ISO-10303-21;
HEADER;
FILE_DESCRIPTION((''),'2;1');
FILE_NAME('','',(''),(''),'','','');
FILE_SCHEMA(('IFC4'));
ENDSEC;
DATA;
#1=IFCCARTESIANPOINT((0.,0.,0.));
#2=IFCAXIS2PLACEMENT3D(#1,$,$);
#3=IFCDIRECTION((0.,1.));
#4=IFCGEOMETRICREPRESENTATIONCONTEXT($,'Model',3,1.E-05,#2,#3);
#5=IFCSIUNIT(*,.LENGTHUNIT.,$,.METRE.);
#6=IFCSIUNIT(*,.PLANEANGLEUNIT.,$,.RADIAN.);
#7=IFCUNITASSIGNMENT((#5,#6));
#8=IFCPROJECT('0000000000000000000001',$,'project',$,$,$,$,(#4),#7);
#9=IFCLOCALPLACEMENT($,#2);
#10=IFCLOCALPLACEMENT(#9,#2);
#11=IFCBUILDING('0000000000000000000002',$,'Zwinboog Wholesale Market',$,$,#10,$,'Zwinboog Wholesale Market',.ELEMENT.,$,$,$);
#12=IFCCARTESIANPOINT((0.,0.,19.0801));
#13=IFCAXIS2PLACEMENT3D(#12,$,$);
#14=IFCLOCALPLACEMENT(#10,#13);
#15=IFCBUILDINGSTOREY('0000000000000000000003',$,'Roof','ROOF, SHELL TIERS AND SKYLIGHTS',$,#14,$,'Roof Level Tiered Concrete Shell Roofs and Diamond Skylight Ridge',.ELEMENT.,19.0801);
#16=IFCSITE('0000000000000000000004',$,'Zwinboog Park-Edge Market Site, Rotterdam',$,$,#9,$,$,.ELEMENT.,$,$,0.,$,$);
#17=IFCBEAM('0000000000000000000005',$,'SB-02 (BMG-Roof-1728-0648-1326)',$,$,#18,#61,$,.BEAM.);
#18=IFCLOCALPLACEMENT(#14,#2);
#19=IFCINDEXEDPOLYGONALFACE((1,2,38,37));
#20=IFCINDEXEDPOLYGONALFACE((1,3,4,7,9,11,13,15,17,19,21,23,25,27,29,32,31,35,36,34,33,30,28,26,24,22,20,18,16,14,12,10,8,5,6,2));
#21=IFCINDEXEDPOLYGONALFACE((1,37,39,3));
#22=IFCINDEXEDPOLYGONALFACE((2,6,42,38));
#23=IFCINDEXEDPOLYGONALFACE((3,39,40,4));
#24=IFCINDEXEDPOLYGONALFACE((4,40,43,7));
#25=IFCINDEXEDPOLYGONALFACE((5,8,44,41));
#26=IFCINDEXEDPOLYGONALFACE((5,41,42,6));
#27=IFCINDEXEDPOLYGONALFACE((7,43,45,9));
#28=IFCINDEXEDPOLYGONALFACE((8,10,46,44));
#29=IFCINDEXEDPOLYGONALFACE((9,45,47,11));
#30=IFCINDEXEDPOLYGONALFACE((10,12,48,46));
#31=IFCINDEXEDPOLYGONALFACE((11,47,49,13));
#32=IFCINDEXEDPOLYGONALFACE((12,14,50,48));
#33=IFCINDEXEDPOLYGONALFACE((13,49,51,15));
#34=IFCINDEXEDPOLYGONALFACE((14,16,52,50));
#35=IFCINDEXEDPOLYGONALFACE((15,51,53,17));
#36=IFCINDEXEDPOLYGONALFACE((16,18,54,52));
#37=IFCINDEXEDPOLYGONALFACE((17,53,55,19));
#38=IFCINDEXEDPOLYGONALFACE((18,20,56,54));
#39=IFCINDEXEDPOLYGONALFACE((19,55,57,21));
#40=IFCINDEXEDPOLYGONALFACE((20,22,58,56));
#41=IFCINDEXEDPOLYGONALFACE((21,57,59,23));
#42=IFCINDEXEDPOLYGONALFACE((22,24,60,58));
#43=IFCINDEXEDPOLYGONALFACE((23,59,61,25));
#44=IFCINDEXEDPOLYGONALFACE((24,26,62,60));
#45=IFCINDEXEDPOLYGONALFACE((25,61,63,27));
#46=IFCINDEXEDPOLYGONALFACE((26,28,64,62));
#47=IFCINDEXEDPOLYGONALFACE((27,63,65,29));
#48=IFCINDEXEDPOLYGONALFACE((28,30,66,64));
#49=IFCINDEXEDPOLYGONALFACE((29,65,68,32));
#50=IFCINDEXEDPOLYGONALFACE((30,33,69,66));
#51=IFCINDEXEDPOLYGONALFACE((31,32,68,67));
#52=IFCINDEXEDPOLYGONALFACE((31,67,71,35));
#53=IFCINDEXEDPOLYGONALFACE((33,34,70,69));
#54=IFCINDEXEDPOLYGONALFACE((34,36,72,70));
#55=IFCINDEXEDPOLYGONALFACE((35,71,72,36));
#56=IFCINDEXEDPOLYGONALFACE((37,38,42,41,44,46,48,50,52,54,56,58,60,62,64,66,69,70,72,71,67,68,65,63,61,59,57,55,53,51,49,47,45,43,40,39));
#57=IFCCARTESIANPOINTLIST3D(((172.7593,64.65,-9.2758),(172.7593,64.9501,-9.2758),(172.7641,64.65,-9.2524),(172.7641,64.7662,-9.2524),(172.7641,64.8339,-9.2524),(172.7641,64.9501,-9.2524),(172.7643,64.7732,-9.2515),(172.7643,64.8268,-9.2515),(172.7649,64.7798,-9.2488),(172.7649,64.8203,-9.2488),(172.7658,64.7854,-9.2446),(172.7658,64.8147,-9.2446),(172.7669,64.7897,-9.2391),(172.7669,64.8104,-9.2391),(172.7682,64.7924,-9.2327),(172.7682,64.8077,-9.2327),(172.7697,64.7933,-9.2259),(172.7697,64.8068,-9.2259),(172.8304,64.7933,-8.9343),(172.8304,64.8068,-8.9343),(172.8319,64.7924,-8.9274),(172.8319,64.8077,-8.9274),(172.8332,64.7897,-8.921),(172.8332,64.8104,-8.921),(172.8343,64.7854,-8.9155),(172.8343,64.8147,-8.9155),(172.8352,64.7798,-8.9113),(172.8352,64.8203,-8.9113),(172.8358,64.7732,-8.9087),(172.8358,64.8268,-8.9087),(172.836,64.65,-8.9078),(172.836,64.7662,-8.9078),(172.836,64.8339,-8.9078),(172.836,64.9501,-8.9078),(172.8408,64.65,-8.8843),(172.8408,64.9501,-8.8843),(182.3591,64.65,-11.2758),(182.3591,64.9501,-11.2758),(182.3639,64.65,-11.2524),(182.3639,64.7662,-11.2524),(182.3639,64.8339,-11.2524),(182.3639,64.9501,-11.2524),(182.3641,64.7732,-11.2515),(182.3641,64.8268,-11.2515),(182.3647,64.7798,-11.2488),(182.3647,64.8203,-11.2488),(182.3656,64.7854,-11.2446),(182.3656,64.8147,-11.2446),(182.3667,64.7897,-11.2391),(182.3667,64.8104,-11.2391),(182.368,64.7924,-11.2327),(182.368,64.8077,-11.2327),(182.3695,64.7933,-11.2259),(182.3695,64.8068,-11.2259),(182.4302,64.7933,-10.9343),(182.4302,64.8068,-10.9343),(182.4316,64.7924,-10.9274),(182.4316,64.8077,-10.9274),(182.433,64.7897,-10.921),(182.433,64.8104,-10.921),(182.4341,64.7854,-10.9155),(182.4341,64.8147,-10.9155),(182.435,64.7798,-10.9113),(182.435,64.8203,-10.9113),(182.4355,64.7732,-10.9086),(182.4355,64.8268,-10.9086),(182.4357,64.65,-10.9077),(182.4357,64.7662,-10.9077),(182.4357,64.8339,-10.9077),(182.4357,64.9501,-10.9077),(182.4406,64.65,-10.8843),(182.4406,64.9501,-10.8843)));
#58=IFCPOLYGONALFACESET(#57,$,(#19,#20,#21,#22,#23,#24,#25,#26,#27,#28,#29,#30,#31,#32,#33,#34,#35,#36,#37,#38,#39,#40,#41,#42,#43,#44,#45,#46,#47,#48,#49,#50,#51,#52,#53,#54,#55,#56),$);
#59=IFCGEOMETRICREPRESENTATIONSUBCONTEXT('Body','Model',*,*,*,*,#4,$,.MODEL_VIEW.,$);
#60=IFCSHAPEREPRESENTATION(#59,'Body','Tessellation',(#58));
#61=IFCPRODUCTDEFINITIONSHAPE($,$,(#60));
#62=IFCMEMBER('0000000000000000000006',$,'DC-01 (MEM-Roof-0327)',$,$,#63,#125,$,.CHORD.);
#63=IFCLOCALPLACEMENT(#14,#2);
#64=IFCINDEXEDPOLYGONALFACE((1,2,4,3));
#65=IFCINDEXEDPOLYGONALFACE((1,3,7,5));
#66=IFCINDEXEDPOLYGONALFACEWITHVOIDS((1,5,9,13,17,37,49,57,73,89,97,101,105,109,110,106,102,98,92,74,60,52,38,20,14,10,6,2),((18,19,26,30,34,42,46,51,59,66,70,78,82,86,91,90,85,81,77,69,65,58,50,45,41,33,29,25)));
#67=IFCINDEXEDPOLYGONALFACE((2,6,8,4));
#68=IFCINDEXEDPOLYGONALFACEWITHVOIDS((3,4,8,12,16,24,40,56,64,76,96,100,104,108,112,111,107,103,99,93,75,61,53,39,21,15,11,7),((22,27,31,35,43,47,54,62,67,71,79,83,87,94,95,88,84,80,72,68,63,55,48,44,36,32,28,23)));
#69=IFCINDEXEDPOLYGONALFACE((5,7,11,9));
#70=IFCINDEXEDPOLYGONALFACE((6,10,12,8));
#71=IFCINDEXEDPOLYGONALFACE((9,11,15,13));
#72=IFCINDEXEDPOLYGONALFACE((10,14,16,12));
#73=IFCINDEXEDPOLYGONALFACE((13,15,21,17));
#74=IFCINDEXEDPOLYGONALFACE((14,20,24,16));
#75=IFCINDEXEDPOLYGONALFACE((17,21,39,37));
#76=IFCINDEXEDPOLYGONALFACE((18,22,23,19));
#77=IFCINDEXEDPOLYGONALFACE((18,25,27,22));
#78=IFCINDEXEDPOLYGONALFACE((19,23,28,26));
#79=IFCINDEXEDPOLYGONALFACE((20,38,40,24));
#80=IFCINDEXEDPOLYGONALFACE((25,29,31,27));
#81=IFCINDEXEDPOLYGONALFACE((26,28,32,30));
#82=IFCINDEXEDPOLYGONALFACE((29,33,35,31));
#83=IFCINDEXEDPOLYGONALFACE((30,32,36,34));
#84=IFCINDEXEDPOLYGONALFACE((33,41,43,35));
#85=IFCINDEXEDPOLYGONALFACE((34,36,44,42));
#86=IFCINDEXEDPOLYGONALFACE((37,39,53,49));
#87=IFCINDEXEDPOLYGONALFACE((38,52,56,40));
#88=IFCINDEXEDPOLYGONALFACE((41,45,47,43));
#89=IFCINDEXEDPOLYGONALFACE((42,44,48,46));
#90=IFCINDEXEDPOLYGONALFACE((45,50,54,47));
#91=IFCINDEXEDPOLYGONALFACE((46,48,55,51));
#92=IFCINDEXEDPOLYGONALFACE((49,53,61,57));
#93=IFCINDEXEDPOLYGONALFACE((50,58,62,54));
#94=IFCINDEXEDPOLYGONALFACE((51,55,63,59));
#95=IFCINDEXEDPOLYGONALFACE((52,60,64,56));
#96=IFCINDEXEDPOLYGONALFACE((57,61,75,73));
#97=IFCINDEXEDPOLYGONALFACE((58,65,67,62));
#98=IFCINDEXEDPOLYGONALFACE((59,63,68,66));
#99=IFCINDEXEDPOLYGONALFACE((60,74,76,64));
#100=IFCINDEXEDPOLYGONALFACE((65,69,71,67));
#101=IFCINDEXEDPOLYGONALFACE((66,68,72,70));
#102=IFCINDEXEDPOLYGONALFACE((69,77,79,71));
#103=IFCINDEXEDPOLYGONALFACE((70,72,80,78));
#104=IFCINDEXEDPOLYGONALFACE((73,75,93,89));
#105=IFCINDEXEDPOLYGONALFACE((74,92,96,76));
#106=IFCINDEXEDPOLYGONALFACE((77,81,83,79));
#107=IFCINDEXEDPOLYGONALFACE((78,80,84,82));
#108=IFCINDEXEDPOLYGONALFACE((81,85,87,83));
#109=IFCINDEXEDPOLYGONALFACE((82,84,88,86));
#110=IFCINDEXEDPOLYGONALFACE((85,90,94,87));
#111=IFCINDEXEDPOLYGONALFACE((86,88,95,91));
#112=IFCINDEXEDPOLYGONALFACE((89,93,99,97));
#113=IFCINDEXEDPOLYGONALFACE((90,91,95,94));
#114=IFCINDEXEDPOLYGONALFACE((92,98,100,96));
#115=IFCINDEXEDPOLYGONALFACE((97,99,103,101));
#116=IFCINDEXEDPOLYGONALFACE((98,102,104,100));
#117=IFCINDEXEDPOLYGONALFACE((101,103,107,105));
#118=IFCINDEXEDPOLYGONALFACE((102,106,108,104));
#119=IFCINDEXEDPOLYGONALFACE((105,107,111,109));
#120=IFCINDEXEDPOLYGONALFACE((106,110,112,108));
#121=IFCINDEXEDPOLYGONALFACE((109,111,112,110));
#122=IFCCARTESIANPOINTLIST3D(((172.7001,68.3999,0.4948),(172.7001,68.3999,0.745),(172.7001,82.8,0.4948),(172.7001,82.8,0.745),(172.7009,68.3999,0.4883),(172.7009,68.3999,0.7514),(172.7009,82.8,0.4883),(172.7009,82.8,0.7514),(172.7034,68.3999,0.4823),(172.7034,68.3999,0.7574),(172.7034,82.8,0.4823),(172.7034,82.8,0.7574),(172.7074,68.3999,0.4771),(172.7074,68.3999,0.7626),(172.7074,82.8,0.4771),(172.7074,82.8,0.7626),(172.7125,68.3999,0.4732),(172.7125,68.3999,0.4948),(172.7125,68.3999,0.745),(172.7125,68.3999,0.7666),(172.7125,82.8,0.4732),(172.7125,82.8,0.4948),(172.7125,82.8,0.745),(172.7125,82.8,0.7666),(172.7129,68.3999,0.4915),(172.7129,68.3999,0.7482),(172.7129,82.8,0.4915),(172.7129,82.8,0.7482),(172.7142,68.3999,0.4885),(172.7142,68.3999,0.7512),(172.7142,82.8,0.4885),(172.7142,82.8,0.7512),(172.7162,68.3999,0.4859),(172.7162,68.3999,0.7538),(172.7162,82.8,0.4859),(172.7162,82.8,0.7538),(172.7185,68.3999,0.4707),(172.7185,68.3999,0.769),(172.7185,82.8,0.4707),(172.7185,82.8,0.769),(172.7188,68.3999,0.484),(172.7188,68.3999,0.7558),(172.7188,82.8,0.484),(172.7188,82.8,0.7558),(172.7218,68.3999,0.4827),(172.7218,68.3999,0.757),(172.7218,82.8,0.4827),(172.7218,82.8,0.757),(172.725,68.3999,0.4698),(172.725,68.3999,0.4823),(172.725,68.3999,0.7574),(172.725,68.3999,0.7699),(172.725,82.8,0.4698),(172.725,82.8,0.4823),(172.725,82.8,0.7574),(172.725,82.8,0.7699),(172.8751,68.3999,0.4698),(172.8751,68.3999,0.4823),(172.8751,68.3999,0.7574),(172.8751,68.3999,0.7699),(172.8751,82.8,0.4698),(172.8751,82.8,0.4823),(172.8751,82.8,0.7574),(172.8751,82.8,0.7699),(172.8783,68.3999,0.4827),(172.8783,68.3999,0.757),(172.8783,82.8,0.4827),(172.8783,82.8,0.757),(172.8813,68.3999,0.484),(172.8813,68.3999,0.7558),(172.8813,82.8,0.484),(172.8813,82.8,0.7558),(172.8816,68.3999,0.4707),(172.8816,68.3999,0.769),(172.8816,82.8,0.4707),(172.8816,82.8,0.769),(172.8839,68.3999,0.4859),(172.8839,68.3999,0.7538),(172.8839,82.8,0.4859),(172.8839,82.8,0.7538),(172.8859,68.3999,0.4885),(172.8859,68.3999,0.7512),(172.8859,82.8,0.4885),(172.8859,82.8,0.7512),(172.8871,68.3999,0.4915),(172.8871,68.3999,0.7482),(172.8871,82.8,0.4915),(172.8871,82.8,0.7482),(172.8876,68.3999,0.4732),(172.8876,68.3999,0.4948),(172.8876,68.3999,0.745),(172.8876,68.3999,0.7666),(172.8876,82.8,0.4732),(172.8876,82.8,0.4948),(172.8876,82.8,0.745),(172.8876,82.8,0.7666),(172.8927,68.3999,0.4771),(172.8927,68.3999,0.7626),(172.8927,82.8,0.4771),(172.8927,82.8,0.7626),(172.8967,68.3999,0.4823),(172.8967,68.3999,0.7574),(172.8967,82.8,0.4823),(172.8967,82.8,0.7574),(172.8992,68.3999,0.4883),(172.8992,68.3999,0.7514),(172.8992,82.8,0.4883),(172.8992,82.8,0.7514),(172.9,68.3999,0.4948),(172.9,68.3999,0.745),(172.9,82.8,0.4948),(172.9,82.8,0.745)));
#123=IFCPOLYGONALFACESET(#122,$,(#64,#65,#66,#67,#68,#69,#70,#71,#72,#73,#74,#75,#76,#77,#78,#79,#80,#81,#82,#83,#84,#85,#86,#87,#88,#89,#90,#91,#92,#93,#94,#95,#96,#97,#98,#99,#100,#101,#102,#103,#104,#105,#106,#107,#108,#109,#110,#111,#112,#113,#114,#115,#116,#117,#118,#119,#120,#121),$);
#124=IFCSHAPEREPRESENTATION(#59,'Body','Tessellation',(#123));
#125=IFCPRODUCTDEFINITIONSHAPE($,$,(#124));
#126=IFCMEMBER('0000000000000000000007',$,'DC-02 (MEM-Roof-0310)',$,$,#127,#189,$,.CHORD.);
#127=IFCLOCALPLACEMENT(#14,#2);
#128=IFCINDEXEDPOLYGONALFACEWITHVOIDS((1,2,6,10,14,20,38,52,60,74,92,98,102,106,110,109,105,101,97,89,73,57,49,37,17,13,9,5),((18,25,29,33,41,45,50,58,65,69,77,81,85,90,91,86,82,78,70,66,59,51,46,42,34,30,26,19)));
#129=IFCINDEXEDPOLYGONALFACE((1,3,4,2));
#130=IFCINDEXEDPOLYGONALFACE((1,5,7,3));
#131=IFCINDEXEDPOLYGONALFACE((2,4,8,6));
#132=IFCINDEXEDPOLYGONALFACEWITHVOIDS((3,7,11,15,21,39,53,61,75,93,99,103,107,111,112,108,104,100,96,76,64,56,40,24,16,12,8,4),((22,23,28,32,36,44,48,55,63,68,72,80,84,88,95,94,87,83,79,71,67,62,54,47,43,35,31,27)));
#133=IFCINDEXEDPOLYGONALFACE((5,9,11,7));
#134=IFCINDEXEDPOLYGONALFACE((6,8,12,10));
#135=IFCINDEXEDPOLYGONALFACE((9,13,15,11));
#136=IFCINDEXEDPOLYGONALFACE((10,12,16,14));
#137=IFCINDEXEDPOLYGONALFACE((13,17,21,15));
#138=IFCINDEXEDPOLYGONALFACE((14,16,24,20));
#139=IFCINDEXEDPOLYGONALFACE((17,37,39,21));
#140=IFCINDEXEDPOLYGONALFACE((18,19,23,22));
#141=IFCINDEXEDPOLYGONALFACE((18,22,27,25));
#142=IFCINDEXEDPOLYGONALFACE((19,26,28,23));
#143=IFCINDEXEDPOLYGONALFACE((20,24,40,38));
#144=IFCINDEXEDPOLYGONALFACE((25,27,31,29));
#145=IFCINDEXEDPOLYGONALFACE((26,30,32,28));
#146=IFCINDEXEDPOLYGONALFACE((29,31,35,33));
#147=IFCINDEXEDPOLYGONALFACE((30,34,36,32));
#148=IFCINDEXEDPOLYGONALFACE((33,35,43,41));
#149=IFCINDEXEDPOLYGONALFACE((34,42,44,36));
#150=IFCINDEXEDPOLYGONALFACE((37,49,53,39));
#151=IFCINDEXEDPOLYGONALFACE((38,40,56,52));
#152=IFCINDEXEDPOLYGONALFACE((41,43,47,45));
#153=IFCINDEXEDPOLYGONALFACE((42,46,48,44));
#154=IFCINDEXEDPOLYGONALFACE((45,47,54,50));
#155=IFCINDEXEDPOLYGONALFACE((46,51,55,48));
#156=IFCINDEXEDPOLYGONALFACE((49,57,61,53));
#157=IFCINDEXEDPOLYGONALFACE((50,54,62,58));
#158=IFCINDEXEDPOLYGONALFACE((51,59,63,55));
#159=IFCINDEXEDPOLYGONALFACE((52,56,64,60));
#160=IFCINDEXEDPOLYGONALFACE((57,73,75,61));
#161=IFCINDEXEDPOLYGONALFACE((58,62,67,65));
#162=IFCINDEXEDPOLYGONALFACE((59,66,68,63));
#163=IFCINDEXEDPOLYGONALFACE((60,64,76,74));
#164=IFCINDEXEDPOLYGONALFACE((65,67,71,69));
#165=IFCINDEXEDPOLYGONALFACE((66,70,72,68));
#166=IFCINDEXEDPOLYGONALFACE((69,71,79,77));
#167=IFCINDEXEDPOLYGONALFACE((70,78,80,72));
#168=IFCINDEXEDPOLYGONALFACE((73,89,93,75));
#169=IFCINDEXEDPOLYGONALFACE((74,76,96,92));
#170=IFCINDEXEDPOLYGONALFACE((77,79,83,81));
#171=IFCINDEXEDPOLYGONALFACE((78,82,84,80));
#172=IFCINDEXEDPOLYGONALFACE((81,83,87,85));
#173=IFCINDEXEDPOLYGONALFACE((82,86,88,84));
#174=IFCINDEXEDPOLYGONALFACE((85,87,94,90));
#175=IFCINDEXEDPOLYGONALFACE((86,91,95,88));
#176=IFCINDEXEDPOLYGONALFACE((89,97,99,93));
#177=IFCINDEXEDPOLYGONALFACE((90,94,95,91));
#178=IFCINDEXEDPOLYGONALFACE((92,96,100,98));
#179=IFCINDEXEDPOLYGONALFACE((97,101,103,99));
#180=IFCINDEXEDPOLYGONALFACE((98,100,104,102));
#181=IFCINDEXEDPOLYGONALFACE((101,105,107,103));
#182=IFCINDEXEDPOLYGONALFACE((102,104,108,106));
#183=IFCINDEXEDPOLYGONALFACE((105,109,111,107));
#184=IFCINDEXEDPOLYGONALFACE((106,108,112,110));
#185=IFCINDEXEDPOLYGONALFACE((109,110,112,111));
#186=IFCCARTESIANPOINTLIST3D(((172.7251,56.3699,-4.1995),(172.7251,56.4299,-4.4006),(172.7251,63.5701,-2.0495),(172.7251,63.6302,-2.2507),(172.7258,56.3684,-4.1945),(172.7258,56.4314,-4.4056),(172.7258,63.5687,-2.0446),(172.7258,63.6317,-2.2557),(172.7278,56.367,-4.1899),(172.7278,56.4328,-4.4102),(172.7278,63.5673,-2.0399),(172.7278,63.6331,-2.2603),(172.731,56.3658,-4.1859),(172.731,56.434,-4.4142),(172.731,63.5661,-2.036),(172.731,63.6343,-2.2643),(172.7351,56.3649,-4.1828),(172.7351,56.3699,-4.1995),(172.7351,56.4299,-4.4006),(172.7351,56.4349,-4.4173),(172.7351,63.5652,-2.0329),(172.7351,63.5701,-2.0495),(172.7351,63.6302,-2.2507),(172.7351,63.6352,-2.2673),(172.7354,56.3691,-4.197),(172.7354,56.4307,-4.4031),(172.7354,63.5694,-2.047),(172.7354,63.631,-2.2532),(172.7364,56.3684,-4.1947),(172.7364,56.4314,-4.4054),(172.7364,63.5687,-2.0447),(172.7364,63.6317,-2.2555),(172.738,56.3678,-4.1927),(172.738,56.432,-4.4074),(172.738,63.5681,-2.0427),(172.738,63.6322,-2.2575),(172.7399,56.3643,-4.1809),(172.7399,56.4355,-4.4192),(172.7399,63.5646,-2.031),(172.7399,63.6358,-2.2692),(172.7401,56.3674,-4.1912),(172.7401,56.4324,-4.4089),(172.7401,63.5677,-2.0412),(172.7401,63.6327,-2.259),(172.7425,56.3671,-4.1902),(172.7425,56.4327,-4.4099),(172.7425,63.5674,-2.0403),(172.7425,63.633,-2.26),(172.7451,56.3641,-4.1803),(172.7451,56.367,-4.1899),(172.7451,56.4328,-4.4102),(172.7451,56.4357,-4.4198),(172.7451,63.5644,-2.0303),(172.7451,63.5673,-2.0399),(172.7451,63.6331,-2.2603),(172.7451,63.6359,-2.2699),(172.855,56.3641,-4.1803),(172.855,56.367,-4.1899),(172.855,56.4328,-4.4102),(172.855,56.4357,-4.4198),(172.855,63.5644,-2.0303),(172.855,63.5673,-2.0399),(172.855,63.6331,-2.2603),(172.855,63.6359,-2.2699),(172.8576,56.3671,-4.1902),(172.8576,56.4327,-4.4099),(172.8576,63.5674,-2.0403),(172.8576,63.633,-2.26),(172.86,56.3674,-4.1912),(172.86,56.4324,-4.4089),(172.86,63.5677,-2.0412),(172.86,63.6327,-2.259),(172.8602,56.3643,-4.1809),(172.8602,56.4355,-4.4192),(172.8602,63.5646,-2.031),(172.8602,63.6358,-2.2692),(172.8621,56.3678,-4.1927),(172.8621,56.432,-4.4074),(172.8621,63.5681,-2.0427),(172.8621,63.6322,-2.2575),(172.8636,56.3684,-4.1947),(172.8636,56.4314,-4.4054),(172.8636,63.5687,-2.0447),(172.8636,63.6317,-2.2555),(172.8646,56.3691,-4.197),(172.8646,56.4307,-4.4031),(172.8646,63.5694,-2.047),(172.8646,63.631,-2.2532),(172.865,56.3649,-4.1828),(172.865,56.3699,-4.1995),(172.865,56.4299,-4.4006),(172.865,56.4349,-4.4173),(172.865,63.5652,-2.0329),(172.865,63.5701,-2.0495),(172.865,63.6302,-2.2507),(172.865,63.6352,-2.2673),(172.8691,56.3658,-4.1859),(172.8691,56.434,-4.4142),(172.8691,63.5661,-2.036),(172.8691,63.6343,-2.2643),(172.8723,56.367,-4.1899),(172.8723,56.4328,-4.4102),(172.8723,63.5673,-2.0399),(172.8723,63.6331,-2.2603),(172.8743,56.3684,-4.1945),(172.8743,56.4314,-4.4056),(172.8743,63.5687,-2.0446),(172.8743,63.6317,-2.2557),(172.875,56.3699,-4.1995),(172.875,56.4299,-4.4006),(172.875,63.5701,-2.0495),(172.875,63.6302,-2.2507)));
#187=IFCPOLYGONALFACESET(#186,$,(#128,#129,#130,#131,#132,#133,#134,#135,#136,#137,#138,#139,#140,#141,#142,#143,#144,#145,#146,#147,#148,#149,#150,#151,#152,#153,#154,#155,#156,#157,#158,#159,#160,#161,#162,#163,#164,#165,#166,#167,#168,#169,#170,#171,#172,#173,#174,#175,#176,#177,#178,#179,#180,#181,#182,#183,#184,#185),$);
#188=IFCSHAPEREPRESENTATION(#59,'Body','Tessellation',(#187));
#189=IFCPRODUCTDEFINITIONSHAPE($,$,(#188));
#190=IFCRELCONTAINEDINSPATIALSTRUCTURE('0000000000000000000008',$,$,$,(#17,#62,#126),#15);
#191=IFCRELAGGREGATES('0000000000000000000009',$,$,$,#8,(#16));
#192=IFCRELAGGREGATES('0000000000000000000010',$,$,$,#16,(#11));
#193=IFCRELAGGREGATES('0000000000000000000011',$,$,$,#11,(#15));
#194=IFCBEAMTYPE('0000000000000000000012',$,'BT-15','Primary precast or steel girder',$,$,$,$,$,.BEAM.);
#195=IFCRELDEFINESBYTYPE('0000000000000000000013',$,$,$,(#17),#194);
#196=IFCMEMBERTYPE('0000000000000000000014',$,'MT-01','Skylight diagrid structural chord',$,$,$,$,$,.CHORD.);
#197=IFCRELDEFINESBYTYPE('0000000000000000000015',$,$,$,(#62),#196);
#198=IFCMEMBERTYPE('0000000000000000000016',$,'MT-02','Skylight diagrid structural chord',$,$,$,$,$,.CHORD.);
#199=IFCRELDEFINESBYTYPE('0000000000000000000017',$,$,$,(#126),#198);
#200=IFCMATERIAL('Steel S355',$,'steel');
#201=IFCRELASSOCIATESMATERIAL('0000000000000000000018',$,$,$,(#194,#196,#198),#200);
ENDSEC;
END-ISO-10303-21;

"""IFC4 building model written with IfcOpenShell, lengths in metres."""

from ifc_helpers import new_model, si_unit, direction, frame, origin, origin_2d, place, context, subcontext, project, spatial, hollow_rectangle, i_section, extrude, material, material_profile, profile_set, type_object, element, save


model = new_model("IFC4")

# Units and contexts
model_context = context("Model", 3, precision=1e-05, world=origin(), true_north=direction((0.0, 1.0)))
body_context = subcontext(model_context, "Body", "Model", "MODEL_VIEW")
ifc_project = project(units=[si_unit("LENGTHUNIT", "METRE"), si_unit("PLANEANGLEUNIT", "RADIAN")], contexts=[model_context])

# Site, building, storey
site_placement = place(None, origin())
site = spatial("IfcSite", under=ifc_project, at=site_placement, Name="Zwinboog Park-Edge Market Site, Rotterdam", CompositionType="ELEMENT", RefElevation=0.0)
building_placement = place(site_placement, origin())
building = spatial("IfcBuilding", under=site, at=building_placement, Name="Zwinboog Wholesale Market", LongName="Zwinboog Wholesale Market", CompositionType="ELEMENT")
storey_placement = place(building_placement, frame((0.0, 0.0, 19.0801)))
storey = spatial("IfcBuildingStorey", under=building, at=storey_placement, Name="Roof", Description="ROOF, SHELL TIERS AND SKYLIGHTS", LongName="Roof Level Tiered Concrete Shell Roofs and Diamond Skylight Ridge", CompositionType="ELEMENT", Elevation=19.0801)

# Beam
ifc_material_1 = material(Name="Steel S355", Category="steel")
ifc_material_profile_1 = material_profile(ifc_material_1, i_section(OverallWidth=0.3, OverallDepth=0.3999, WebThickness=0.0134, FlangeThickness=0.0239, FilletRadius=0.0271, at=origin_2d()), Name="HEB 400")
ifc_profile_set_1 = profile_set([ifc_material_profile_1], Name="Steel S355")
beam_type_1 = type_object("IfcBeamType", Name="BT-15", Description="Primary precast or steel girder", PredefinedType="BEAM", material=ifc_profile_set_1)
beam_1_placement = place(storey_placement, frame((172.8, 64.8, -9.0801), z_axis=(0.97898, 0.0, -0.203957), x_axis=(0.0, 1.0, 0.0)))
element("IfcBeam", 1, at=beam_1_placement, inside=storey, type_object=beam_type_1, Name="SB-02 (BMG-Roof-1728-0648-1326)", PredefinedType="BEAM", context=body_context, shape_type="SweptSolid", body=[
    extrude(i_section(OverallWidth=0.3, OverallDepth=0.3999, WebThickness=0.0134, FlangeThickness=0.0239, FilletRadius=0.0271, at=origin_2d()), origin(), (0.0, 0.0, 1.0), 9.8059),
])

# Members
ifc_material_profile_2 = material_profile(ifc_material_1, hollow_rectangle(XDim=0.2, YDim=0.3, WallThickness=0.0125, InnerFilletRadius=0.0125, OuterFilletRadius=0.0249, at=origin_2d()), Name="RHS 300x200x12.5")
ifc_profile_set_2 = profile_set([ifc_material_profile_2], Name="Steel S355")
member_type_1 = type_object("IfcMemberType", Name="MT-01", Description="Skylight diagrid structural chord", PredefinedType="CHORD", material=ifc_profile_set_2)
member_1_placement = place(storey_placement, frame((172.8, 68.3999, 0.6199), z_axis=(0.0, 1.0, 0.0), x_axis=(-1.0, 0.0, 0.0)))
element("IfcMember", 2, at=member_1_placement, inside=storey, type_object=member_type_1, Name="DC-01 (MEM-Roof-0327)", PredefinedType="CHORD", context=body_context, shape_type="SweptSolid", body=[
    extrude(hollow_rectangle(XDim=0.2, YDim=0.3, WallThickness=0.0125, InnerFilletRadius=0.0125, OuterFilletRadius=0.0249, at=origin_2d()), origin(), (0.0, 0.0, 1.0), 14.4001),
])
ifc_material_profile_3 = material_profile(ifc_material_1, hollow_rectangle(XDim=0.1499, YDim=0.25, WallThickness=0.01, InnerFilletRadius=0.01, OuterFilletRadius=0.02, at=origin_2d()), Name="RHS 250x150x10")
ifc_profile_set_3 = profile_set([ifc_material_profile_3], Name="Steel S355")
member_type_2 = type_object("IfcMemberType", Name="MT-02", Description="Skylight diagrid structural chord", PredefinedType="CHORD", material=ifc_profile_set_3)
member_2_placement = place(storey_placement, frame((172.8, 56.3999, -4.3), z_axis=(0.0, 0.958197, 0.286108), x_axis=(-1.0, 0.0, 0.0)))
element("IfcMember", 3, at=member_2_placement, inside=storey, type_object=member_type_2, Name="DC-02 (MEM-Roof-0310)", PredefinedType="CHORD", context=body_context, shape_type="SweptSolid", body=[
    extrude(hollow_rectangle(XDim=0.1499, YDim=0.25, WallThickness=0.01, InnerFilletRadius=0.01, OuterFilletRadius=0.02, at=origin_2d()), origin(), (0.0, 0.0, 1.0), 7.5144),
])

save(model, "model.ifc")
